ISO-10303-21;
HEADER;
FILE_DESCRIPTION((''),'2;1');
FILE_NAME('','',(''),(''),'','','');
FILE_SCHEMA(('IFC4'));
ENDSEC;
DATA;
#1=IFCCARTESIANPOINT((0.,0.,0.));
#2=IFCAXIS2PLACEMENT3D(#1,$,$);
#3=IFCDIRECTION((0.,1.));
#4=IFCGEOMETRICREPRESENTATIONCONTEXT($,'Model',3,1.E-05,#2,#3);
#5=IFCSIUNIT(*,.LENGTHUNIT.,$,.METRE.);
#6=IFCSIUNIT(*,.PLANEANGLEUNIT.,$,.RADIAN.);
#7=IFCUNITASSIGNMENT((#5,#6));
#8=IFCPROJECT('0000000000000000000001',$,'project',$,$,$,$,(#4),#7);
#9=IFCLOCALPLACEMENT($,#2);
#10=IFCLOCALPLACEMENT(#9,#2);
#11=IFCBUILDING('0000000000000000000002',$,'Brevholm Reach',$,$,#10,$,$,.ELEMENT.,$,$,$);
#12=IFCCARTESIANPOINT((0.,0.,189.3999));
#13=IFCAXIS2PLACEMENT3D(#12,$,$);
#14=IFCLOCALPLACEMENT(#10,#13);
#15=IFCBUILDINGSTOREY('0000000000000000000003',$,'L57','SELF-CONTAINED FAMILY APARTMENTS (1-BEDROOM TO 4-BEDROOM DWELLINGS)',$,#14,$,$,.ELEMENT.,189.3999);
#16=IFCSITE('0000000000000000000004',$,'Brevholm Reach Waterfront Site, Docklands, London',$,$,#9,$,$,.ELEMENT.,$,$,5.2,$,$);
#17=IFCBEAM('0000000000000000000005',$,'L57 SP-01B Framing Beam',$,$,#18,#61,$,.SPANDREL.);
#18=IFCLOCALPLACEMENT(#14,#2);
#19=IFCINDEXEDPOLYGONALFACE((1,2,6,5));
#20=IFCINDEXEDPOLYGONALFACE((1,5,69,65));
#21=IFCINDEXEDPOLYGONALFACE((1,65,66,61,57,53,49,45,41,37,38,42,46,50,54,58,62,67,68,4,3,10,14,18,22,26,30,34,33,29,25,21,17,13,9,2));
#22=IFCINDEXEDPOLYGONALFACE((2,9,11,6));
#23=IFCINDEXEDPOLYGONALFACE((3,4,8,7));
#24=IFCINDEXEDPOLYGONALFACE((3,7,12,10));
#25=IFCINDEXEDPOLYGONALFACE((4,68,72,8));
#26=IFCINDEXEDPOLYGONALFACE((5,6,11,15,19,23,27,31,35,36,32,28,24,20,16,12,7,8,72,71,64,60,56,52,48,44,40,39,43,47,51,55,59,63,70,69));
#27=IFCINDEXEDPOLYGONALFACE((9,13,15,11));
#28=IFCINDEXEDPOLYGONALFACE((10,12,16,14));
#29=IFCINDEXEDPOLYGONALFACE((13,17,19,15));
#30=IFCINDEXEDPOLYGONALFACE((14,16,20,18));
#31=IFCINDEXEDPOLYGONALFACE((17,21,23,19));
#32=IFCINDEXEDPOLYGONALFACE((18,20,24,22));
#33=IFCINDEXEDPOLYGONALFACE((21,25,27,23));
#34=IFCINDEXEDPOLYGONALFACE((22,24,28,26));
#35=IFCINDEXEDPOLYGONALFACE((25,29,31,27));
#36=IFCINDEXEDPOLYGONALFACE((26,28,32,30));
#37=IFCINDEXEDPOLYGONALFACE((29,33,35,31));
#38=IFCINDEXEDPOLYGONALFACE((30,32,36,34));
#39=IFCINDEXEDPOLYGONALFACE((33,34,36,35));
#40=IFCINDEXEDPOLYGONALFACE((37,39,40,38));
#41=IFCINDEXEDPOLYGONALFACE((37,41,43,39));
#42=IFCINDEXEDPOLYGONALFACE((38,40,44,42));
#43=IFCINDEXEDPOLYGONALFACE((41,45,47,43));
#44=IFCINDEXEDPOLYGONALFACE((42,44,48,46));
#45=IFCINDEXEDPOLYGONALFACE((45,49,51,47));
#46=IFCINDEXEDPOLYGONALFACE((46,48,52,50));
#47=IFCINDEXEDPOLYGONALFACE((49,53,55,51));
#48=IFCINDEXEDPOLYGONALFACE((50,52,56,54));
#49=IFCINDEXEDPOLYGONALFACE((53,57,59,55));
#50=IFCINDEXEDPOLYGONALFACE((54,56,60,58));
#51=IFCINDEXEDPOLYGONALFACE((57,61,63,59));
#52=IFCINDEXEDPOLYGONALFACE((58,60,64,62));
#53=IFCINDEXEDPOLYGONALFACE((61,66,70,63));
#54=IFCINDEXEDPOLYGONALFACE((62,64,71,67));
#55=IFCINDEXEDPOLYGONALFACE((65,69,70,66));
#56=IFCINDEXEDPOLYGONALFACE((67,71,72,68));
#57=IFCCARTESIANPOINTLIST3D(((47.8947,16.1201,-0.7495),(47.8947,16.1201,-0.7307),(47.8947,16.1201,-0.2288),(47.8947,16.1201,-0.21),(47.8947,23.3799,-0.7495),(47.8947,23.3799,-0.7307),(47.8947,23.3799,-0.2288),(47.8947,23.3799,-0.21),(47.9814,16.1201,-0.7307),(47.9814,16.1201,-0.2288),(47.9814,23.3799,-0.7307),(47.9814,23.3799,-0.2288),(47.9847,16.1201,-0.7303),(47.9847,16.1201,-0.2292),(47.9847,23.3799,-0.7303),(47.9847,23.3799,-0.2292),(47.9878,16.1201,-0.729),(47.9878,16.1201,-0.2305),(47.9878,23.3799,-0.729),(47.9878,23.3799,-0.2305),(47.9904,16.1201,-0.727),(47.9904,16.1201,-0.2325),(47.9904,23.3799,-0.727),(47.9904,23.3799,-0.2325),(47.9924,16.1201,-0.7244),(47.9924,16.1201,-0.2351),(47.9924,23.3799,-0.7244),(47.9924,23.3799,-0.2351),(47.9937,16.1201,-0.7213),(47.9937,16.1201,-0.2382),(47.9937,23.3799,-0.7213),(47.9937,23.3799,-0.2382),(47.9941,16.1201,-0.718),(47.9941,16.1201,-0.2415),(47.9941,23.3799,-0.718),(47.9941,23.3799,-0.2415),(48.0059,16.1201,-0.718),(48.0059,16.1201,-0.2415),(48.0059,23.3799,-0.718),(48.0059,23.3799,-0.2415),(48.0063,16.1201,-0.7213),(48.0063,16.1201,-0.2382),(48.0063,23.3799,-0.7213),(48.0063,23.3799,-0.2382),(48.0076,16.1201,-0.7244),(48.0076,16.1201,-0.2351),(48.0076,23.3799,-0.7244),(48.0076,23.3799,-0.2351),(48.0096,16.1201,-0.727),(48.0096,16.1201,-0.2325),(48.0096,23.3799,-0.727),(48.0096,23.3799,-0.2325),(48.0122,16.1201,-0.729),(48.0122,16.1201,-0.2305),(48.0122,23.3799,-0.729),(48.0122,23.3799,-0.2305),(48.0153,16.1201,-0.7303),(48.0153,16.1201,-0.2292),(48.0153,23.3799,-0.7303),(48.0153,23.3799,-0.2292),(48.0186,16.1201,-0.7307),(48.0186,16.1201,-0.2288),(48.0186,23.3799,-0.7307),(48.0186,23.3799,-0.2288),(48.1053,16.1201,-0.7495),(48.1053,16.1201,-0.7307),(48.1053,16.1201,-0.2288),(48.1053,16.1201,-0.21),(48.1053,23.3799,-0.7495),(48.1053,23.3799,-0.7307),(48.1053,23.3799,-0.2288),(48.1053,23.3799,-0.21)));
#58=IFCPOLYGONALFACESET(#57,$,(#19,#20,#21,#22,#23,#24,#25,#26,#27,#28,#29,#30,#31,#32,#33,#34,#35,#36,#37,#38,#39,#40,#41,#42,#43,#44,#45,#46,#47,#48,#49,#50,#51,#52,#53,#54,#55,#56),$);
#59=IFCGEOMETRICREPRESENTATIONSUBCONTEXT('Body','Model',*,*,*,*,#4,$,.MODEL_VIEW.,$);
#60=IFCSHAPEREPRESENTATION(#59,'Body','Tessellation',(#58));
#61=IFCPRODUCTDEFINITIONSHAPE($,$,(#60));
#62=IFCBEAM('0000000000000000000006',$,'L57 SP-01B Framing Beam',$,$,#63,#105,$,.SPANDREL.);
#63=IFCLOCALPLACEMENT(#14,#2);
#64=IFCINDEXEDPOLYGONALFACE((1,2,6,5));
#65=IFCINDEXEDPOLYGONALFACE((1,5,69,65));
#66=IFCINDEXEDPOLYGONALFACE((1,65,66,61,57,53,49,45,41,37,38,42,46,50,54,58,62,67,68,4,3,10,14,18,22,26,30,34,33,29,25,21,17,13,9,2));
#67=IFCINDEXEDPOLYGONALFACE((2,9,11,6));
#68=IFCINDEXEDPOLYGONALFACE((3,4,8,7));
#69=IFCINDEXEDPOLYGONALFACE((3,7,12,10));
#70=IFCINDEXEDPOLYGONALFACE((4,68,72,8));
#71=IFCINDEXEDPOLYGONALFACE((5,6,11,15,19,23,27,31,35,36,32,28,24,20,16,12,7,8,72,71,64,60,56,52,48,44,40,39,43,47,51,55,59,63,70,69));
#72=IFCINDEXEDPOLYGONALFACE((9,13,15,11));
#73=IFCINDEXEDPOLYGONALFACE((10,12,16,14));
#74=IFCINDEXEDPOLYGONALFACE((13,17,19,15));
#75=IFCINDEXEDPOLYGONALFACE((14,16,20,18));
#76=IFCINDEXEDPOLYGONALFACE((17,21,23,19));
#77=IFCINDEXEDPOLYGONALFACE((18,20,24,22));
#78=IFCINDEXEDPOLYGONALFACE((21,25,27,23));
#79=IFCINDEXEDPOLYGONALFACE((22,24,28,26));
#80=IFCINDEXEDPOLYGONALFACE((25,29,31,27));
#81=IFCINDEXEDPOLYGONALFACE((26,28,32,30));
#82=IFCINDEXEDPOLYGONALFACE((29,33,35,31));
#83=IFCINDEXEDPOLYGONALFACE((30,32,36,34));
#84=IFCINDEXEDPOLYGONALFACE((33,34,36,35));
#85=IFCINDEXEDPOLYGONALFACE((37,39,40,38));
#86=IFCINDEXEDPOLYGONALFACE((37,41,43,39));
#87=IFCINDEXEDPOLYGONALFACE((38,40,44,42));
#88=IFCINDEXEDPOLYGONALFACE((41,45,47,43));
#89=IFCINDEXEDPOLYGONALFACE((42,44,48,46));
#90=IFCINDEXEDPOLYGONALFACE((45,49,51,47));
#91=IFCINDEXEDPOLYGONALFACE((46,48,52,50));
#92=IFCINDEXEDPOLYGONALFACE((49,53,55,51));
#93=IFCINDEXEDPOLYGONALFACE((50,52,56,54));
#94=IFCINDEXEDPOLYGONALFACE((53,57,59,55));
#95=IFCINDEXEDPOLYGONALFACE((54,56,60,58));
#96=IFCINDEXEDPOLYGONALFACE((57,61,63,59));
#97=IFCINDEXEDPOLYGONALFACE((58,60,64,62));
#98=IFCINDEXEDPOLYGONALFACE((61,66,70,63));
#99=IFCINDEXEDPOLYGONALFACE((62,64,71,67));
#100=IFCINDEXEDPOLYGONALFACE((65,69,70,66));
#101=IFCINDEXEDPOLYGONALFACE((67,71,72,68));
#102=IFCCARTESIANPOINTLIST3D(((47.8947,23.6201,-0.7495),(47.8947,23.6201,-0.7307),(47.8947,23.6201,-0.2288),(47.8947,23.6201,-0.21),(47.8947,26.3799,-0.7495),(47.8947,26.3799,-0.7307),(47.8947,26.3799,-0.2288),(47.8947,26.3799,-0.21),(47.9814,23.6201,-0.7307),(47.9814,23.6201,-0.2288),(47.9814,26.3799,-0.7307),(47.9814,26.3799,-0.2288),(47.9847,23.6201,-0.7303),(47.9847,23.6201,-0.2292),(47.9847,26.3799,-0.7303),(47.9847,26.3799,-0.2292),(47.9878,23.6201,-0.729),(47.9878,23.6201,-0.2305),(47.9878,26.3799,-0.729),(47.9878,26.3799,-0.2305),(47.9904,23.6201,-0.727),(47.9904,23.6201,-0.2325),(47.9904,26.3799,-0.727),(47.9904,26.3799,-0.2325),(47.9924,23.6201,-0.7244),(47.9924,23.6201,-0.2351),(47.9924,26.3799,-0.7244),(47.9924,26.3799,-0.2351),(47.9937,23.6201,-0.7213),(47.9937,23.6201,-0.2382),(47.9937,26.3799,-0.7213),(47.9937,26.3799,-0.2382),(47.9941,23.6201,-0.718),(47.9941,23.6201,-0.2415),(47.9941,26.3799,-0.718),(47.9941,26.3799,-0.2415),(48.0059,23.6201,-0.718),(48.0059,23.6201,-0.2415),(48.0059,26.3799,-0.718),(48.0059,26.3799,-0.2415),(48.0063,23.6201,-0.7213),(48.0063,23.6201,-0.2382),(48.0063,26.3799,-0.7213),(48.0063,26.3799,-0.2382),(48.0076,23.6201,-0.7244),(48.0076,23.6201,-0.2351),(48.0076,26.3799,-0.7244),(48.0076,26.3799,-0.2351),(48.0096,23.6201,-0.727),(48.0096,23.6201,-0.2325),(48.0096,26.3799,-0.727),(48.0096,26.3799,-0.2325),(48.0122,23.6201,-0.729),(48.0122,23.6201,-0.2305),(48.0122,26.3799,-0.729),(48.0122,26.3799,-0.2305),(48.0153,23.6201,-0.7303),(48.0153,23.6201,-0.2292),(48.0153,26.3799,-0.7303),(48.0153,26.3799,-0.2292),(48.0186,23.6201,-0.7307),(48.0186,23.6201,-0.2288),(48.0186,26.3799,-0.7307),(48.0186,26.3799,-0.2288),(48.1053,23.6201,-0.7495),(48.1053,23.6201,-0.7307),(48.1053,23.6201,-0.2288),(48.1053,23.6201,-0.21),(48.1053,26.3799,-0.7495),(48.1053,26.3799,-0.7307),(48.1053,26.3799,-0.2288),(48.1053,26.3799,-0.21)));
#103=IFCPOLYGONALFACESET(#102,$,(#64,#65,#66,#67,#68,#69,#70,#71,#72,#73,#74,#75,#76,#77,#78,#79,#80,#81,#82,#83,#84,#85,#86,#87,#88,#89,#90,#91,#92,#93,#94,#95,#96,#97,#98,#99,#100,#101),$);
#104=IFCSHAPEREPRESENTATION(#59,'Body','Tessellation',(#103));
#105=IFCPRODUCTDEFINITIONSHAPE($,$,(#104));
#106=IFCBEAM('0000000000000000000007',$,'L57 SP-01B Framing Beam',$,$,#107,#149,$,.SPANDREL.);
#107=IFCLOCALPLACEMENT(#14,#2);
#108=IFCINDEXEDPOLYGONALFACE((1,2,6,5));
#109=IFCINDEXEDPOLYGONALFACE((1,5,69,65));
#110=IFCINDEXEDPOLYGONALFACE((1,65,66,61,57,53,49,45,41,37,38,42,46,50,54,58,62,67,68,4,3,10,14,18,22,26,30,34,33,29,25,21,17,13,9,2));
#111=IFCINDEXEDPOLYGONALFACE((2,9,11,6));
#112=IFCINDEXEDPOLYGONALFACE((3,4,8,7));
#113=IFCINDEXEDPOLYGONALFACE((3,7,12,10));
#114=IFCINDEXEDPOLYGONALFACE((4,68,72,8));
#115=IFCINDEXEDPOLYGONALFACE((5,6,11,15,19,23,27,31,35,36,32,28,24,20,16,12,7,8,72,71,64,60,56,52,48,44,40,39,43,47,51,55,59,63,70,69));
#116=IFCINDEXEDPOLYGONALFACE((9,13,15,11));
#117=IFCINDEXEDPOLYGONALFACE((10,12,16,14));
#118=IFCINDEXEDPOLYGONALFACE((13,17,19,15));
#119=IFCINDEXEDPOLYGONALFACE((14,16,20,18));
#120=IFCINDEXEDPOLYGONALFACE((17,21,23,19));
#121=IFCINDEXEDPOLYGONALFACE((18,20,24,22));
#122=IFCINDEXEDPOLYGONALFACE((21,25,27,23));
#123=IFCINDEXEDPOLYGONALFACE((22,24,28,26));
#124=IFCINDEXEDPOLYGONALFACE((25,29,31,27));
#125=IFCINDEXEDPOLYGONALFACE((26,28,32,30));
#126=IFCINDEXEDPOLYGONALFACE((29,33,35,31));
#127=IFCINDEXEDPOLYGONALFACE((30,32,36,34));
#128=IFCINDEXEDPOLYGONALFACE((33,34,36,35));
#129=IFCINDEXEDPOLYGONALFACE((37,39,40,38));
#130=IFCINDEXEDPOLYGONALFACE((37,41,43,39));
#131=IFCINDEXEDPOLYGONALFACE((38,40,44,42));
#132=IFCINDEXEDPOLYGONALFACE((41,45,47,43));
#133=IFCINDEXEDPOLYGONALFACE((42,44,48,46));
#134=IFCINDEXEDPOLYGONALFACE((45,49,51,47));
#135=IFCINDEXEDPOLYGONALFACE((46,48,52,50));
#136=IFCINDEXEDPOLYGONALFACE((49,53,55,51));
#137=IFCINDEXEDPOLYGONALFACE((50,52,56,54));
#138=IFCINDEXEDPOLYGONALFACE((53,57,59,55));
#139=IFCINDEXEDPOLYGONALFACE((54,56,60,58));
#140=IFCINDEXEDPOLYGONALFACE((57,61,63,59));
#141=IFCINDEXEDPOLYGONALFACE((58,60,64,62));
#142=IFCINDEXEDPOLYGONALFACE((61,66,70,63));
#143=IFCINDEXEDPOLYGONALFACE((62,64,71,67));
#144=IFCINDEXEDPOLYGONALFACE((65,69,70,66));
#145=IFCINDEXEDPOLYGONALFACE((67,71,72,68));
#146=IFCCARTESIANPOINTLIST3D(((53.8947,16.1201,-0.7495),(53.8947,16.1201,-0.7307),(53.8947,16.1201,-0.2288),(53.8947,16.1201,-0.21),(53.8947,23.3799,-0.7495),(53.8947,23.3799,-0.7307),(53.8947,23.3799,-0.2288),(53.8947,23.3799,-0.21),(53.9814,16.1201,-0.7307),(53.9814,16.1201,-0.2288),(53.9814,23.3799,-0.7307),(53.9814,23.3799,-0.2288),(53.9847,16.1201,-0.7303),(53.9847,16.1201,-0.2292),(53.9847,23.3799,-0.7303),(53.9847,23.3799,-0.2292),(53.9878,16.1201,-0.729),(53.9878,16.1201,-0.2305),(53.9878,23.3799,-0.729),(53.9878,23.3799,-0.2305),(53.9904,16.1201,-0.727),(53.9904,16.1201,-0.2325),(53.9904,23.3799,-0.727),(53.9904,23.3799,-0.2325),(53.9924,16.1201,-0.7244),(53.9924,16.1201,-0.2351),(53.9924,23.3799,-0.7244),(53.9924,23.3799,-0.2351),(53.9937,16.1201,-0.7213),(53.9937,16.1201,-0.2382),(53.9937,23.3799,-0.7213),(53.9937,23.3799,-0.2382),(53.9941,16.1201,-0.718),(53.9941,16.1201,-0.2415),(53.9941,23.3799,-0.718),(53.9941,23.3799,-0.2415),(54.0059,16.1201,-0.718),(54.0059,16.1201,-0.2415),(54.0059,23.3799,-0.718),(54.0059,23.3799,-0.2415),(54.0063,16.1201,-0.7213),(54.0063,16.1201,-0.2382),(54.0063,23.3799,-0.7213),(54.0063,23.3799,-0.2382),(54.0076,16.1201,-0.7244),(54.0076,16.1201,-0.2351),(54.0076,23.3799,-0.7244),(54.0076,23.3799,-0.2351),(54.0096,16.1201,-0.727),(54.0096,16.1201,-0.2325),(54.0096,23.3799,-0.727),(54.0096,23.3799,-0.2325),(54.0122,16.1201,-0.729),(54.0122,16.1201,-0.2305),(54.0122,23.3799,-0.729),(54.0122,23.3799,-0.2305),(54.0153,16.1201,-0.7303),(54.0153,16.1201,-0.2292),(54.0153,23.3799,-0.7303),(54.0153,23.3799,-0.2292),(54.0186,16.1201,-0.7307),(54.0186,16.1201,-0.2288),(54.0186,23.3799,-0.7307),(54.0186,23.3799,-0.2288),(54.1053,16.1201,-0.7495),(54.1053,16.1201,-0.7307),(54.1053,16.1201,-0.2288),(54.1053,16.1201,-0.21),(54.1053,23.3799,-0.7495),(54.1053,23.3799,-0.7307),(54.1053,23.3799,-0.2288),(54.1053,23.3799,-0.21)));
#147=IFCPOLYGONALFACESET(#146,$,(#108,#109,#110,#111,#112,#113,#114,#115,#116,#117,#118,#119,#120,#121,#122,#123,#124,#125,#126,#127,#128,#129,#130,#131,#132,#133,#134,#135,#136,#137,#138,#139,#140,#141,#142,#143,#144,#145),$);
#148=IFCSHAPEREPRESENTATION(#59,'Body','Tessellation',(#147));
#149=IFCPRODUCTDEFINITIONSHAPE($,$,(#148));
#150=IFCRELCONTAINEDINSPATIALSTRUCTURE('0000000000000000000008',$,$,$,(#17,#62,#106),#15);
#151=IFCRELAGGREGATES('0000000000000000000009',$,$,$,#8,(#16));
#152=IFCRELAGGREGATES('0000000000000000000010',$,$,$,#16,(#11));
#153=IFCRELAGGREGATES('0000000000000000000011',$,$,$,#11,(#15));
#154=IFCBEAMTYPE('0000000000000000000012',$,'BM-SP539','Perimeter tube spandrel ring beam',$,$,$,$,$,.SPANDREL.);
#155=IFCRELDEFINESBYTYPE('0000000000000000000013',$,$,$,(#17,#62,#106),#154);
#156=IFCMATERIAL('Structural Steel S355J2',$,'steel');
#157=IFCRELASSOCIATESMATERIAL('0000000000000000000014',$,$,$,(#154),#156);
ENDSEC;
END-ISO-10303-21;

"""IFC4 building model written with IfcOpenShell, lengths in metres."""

from ifc_helpers import new_model, si_unit, direction, frame, origin, origin_2d, place, context, subcontext, project, spatial, i_section, extrude, material, material_profile, profile_set, type_object, element, save


model = new_model("IFC4")

# Units and contexts
model_context = context("Model", 3, precision=1e-05, world=origin(), true_north=direction((0.0, 1.0)))
body_context = subcontext(model_context, "Body", "Model", "MODEL_VIEW")
ifc_project = project(units=[si_unit("LENGTHUNIT", "METRE"), si_unit("PLANEANGLEUNIT", "RADIAN")], contexts=[model_context])

# Site, building, storey
site_placement = place(None, origin())
site = spatial("IfcSite", under=ifc_project, at=site_placement, Name="Brevholm Reach Waterfront Site, Docklands, London", CompositionType="ELEMENT", RefElevation=5.2)
building_placement = place(site_placement, origin())
building = spatial("IfcBuilding", under=site, at=building_placement, Name="Brevholm Reach", CompositionType="ELEMENT")
storey_placement = place(building_placement, frame((0.0, 0.0, 189.3999)))
storey = spatial("IfcBuildingStorey", under=building, at=storey_placement, Name="L57", Description="SELF-CONTAINED FAMILY APARTMENTS (1-BEDROOM TO 4-BEDROOM DWELLINGS)", CompositionType="ELEMENT", Elevation=189.3999)

# Beams
ifc_material_1 = material(Name="Structural Steel S355J2", Category="steel")
ifc_material_profile_1 = material_profile(ifc_material_1, i_section(OverallWidth=0.2107, OverallDepth=0.5396, WebThickness=0.0117, FlangeThickness=0.0188, FilletRadius=0.0127, at=origin_2d()), Name="UKB 533x210x109")
ifc_profile_set_1 = profile_set([ifc_material_profile_1], Name="Structural Steel S355J2")
beam_type_1 = type_object("IfcBeamType", Name="BM-SP539", Description="Perimeter tube spandrel ring beam", PredefinedType="SPANDREL", material=ifc_profile_set_1)
beam_1_placement = place(storey_placement, frame((48.0, 16.1201, -0.4797), z_axis=(0.0, 1.0, 0.0), x_axis=(-1.0, 0.0, 0.0)))
element("IfcBeam", 1, at=beam_1_placement, inside=storey, type_object=beam_type_1, Name="L57 SP-01B Framing Beam", PredefinedType="SPANDREL", context=body_context, shape_type="SweptSolid", body=[
    extrude(i_section(OverallWidth=0.2107, OverallDepth=0.5396, WebThickness=0.0117, FlangeThickness=0.0188, FilletRadius=0.0127, at=origin_2d()), origin(), (0.0, 0.0, 1.0), 7.2598),
])
beam_2_placement = place(storey_placement, frame((48.0, 23.6201, -0.4797), z_axis=(0.0, 1.0, 0.0), x_axis=(-1.0, 0.0, 0.0)))
element("IfcBeam", 2, at=beam_2_placement, inside=storey, type_object=beam_type_1, Name="L57 SP-01B Framing Beam", PredefinedType="SPANDREL", context=body_context, shape_type="SweptSolid", body=[
    extrude(i_section(OverallWidth=0.2107, OverallDepth=0.5396, WebThickness=0.0117, FlangeThickness=0.0188, FilletRadius=0.0127, at=origin_2d()), origin(), (0.0, 0.0, 1.0), 2.7598),
])
beam_3_placement = place(storey_placement, frame((54.0, 16.1201, -0.4797), z_axis=(0.0, 1.0, 0.0), x_axis=(-1.0, 0.0, 0.0)))
element("IfcBeam", 3, at=beam_3_placement, inside=storey, type_object=beam_type_1, Name="L57 SP-01B Framing Beam", PredefinedType="SPANDREL", context=body_context, shape_type="SweptSolid", body=[
    extrude(i_section(OverallWidth=0.2107, OverallDepth=0.5396, WebThickness=0.0117, FlangeThickness=0.0188, FilletRadius=0.0127, at=origin_2d()), origin(), (0.0, 0.0, 1.0), 7.2598),
])

save(model, "model.ifc")
